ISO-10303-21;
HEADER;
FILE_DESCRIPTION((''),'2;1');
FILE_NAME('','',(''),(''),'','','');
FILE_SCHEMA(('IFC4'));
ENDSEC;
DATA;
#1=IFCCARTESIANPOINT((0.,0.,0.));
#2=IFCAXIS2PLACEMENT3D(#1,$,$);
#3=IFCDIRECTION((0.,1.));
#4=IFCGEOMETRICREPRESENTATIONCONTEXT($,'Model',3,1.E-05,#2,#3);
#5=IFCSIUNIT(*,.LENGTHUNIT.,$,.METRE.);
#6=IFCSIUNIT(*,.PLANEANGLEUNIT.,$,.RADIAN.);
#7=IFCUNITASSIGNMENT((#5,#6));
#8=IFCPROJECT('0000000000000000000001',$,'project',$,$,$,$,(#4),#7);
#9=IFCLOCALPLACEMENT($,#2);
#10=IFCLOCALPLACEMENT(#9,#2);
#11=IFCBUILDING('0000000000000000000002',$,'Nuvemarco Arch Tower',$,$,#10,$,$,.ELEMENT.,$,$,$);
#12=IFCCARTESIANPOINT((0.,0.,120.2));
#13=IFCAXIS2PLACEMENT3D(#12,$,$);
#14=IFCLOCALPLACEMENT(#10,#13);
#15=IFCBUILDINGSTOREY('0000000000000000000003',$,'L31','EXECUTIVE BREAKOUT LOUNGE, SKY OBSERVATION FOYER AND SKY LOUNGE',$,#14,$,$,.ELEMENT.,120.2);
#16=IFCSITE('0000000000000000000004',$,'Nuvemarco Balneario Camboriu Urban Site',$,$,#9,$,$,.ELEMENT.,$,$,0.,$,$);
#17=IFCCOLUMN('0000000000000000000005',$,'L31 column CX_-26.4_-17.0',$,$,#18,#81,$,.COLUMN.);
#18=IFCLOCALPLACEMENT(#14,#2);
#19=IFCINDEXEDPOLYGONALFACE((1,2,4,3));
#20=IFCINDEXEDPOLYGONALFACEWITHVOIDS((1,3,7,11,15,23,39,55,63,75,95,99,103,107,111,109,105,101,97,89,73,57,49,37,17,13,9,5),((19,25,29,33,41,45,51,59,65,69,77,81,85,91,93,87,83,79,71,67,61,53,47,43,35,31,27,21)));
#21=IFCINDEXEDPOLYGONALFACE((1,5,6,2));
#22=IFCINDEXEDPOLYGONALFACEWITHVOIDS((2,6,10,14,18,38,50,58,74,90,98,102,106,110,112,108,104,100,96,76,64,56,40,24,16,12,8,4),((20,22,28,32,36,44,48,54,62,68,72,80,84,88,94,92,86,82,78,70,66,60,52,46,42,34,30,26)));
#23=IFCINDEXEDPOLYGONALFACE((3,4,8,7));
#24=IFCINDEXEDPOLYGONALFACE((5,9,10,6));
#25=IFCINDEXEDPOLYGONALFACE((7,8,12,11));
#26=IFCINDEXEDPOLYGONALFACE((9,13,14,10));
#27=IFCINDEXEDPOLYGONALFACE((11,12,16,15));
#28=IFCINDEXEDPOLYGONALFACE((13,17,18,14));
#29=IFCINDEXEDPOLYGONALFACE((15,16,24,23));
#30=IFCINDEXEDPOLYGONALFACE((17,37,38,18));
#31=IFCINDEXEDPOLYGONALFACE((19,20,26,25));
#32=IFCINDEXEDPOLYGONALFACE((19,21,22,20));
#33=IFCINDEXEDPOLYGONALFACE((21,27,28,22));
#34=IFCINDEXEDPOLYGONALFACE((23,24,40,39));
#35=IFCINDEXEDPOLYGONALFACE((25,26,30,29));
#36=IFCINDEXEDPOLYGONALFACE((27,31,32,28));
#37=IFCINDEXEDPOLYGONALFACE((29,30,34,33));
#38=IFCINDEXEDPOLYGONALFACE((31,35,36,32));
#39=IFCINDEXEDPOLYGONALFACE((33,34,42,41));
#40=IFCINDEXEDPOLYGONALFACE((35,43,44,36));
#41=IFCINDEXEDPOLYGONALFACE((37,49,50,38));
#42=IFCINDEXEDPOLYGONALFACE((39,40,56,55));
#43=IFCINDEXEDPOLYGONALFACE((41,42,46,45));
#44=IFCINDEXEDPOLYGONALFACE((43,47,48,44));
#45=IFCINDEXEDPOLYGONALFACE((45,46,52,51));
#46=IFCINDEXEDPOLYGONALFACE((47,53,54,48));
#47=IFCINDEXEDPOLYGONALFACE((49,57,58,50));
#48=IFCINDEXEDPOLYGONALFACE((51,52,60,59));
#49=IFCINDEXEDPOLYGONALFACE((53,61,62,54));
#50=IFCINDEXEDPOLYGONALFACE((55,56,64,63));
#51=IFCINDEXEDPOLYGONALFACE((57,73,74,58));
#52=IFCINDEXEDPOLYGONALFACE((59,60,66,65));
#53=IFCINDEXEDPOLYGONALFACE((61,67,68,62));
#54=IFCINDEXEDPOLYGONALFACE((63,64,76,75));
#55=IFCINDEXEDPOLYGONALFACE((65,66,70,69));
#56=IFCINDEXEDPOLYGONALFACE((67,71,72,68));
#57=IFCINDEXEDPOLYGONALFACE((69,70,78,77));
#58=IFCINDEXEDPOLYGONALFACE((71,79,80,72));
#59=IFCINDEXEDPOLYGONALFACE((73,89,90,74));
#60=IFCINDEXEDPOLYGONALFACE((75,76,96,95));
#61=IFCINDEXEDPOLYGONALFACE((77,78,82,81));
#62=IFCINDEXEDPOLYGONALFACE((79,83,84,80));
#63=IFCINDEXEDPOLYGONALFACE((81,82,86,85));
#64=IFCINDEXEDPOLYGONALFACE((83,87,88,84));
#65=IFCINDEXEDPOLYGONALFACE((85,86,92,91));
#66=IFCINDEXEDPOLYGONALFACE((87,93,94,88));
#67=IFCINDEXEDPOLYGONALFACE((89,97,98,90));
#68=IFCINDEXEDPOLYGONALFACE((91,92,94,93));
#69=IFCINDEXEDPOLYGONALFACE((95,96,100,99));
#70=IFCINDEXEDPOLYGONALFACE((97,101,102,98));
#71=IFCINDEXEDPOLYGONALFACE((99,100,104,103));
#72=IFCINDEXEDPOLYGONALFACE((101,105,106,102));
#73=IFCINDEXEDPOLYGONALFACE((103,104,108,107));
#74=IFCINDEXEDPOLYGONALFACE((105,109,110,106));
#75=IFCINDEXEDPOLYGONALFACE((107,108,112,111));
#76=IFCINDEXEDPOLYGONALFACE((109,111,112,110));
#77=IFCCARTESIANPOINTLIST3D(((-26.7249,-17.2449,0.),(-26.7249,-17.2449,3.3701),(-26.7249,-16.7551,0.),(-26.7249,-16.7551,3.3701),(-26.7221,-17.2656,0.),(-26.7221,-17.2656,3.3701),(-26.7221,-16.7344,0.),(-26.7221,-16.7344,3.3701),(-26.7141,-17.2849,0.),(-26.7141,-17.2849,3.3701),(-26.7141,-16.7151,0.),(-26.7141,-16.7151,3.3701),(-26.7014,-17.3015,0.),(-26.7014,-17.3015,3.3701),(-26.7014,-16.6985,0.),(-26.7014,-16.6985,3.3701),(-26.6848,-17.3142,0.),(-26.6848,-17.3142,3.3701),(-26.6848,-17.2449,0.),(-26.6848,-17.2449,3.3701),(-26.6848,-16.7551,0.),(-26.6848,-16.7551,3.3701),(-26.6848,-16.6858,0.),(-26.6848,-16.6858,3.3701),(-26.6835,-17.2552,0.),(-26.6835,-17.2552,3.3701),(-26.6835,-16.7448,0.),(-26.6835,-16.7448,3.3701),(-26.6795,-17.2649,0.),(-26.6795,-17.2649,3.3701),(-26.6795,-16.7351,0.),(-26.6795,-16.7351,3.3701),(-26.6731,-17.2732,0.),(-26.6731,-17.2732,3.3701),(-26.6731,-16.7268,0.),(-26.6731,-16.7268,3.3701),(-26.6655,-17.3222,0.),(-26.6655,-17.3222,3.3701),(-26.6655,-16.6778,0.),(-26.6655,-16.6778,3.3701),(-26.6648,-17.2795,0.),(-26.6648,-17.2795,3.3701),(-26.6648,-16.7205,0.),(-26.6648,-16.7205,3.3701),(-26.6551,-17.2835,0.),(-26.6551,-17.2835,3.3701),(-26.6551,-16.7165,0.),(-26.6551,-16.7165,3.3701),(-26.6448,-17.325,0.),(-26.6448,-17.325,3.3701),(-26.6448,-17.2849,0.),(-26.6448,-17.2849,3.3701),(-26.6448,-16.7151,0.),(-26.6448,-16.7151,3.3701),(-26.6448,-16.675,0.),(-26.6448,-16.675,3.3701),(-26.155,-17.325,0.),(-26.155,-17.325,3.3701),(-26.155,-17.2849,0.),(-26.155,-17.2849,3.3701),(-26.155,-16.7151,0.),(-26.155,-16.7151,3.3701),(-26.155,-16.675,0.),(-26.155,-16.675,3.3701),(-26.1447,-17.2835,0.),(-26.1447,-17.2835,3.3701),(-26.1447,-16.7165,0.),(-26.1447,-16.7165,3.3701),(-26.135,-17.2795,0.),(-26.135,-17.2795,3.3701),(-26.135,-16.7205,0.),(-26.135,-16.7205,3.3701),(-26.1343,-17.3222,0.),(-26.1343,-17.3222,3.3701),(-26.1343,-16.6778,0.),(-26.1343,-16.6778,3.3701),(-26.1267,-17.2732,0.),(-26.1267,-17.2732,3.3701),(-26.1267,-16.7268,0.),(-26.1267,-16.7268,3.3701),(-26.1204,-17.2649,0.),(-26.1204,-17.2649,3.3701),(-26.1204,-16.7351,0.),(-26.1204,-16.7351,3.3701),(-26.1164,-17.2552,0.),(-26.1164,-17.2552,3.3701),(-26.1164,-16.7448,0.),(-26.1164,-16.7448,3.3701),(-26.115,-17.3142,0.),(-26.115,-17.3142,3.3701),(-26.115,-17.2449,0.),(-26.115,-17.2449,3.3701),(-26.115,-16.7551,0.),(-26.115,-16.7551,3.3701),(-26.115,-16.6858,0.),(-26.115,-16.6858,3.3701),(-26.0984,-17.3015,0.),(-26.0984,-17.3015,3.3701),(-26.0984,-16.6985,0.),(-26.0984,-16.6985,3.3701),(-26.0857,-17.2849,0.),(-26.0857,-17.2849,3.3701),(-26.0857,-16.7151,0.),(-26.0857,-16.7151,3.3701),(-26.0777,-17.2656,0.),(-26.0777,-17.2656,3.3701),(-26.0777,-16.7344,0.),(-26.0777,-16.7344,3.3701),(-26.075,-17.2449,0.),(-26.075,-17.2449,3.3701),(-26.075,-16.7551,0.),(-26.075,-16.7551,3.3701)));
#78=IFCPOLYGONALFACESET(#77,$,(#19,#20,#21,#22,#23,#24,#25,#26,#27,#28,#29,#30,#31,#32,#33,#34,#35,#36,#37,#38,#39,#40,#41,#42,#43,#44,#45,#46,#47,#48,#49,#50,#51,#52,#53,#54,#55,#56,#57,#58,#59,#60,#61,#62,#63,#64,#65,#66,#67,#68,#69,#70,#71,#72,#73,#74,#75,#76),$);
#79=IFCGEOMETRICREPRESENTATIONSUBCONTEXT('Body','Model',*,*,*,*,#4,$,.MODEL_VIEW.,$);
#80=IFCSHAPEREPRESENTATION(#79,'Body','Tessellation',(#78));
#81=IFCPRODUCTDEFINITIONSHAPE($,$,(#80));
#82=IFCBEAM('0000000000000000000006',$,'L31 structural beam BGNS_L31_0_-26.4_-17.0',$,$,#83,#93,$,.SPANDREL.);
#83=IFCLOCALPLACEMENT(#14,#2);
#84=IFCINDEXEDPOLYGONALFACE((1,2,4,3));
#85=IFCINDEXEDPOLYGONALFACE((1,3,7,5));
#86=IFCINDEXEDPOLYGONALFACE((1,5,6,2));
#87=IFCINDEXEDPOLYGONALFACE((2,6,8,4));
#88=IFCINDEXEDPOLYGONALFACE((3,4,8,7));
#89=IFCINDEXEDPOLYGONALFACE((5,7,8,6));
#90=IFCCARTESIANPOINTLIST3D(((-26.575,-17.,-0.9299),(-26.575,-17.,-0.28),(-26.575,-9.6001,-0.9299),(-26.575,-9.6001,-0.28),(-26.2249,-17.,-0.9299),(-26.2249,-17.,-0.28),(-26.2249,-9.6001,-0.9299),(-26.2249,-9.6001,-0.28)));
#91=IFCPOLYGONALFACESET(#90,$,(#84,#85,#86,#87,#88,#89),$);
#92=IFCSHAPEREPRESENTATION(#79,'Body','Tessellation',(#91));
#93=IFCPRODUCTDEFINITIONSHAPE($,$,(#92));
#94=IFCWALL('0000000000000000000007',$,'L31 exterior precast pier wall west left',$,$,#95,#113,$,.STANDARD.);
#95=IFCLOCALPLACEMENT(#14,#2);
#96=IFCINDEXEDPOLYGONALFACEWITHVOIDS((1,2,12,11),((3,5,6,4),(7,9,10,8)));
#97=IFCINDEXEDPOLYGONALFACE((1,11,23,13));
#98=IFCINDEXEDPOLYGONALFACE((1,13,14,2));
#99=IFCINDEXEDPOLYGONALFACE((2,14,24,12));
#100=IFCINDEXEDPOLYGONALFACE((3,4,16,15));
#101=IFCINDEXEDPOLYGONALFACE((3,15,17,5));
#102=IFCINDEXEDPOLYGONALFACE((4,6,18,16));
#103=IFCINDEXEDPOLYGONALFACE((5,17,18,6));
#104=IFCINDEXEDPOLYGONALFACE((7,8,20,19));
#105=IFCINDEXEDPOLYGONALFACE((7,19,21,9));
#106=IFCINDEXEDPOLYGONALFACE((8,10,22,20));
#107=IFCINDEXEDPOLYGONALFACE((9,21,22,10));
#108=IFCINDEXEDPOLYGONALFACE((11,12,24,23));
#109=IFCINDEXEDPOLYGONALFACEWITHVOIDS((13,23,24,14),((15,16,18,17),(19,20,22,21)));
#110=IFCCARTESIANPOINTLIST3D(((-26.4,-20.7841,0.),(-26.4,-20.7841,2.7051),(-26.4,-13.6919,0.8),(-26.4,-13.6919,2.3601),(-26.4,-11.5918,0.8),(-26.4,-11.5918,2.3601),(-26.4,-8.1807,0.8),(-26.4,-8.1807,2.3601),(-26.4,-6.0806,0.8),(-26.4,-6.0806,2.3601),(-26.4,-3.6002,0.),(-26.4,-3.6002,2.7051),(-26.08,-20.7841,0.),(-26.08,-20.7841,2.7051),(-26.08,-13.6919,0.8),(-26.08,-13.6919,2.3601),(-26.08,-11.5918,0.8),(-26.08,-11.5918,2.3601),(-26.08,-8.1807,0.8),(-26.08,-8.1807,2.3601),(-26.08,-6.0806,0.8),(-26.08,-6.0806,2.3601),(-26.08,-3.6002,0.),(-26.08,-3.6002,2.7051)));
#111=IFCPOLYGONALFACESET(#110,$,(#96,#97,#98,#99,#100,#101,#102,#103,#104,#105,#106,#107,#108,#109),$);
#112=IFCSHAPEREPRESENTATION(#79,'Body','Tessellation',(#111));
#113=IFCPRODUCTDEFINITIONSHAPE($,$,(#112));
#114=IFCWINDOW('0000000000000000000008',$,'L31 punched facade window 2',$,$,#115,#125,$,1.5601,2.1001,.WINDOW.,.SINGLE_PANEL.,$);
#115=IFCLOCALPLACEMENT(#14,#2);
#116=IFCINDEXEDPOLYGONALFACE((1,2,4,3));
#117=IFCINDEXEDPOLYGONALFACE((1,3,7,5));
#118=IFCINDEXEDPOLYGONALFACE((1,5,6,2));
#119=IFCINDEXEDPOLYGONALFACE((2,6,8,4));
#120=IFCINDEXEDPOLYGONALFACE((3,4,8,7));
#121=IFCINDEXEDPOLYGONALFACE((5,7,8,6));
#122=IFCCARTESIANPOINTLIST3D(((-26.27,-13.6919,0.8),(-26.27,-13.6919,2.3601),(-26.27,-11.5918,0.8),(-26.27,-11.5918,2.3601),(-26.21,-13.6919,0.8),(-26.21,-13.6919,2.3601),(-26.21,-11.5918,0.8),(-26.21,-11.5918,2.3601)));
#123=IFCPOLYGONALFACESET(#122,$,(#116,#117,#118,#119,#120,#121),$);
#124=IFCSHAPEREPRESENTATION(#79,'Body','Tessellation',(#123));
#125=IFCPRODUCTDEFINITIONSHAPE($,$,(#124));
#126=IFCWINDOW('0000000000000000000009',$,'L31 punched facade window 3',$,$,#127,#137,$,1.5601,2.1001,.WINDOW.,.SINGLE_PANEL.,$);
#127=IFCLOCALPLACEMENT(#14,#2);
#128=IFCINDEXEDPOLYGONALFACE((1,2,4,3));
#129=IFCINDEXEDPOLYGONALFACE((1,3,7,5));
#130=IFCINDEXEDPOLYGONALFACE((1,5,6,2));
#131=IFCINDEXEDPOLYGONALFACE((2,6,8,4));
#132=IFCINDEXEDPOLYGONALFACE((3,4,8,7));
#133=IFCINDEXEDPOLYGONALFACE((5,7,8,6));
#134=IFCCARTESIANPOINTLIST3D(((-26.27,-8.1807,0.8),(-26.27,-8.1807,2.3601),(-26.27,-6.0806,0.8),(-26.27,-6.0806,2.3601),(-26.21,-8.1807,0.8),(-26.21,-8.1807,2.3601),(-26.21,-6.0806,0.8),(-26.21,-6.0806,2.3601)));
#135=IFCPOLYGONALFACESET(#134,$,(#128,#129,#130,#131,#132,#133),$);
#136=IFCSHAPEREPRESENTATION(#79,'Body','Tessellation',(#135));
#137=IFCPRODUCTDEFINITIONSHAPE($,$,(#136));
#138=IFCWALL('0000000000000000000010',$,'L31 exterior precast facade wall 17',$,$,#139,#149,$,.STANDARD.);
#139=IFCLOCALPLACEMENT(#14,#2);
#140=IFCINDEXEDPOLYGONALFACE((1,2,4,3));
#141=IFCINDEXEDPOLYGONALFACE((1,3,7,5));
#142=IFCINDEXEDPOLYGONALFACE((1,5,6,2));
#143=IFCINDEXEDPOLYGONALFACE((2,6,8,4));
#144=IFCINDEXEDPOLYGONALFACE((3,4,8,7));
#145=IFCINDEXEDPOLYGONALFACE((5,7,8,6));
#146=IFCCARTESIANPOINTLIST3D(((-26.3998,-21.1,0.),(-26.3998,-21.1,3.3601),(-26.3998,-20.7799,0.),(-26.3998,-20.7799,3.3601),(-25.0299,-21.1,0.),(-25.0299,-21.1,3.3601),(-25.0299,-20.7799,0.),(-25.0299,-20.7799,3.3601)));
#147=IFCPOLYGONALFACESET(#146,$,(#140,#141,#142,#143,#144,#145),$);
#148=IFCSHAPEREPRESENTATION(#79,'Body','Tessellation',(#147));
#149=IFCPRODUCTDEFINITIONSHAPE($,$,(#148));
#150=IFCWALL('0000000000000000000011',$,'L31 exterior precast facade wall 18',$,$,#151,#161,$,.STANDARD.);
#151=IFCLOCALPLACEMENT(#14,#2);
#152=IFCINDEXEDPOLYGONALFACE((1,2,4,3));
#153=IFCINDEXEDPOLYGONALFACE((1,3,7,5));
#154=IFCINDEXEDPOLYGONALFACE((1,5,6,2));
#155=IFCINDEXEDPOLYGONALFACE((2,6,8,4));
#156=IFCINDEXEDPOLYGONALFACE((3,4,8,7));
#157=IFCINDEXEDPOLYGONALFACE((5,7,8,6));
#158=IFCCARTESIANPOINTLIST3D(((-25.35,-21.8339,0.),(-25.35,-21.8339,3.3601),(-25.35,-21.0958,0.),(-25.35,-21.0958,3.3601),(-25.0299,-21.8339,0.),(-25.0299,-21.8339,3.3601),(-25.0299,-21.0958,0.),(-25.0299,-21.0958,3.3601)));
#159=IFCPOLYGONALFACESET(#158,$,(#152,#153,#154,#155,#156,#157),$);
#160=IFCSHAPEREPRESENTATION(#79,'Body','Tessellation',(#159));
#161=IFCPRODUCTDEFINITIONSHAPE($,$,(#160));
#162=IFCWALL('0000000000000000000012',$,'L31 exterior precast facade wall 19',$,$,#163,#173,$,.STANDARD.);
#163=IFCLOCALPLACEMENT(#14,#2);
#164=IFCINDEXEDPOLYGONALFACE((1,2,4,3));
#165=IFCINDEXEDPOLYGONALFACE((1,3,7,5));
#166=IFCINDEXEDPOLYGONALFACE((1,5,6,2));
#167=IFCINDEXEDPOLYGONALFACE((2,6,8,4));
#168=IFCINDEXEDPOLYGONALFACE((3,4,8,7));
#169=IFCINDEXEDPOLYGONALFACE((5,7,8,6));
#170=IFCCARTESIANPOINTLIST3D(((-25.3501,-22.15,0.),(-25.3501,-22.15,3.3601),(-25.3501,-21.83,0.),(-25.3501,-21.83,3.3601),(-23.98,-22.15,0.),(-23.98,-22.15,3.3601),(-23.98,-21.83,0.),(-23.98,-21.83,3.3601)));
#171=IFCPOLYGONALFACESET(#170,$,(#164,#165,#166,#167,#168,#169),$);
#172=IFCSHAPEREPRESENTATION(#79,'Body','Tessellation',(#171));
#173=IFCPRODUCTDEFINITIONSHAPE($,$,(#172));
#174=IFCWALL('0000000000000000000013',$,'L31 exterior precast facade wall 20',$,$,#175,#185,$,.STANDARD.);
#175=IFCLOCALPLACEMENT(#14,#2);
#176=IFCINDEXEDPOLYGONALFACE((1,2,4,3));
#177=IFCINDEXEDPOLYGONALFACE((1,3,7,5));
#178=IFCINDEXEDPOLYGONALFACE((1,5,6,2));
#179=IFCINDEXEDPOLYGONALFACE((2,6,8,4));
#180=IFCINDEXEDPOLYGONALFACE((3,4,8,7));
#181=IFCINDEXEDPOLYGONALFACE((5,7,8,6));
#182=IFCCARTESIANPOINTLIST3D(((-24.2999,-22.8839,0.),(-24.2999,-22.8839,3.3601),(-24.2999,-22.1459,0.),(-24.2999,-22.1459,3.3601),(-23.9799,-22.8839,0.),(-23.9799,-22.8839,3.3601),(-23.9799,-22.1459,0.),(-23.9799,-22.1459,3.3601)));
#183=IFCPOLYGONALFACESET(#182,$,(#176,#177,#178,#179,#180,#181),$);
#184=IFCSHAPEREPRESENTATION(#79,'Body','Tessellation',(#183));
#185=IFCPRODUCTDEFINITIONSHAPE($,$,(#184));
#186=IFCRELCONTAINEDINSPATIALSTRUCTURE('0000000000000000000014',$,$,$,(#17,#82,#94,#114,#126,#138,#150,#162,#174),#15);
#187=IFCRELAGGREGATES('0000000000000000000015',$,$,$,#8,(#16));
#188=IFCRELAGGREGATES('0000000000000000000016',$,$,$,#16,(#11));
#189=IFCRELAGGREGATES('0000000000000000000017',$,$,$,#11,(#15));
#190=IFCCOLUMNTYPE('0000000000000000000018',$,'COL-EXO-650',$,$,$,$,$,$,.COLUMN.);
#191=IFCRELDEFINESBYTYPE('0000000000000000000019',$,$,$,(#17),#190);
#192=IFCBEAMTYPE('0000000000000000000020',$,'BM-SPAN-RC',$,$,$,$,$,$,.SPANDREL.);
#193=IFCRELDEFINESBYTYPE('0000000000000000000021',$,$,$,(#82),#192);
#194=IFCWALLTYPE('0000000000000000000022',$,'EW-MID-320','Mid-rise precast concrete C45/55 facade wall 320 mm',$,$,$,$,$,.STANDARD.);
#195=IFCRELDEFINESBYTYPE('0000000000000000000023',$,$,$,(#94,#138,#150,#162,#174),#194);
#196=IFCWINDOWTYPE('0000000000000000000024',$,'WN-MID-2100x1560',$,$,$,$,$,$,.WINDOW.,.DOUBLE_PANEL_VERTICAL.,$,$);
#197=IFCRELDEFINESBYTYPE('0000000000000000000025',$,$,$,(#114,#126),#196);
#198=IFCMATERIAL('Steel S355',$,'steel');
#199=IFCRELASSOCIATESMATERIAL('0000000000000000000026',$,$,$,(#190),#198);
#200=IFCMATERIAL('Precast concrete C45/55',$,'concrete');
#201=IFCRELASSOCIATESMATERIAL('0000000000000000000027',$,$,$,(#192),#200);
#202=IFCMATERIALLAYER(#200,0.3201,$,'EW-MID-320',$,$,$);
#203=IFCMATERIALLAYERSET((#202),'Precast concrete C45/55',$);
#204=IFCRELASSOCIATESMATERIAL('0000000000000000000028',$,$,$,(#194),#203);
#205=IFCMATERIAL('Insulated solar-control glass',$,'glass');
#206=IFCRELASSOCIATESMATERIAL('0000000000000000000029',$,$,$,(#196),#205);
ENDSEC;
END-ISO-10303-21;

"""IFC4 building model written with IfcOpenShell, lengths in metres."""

from ifc_helpers import new_model, si_unit, direction, frame, frame_2d, origin, origin_2d, place, context, subcontext, project, spatial, rectangle, hollow_rectangle, extrude, source, transform, mapped, material, layer, layer_set, material_profile, profile_set, type_object, type_shapes, element, fill, save


model = new_model("IFC4")

# Units and contexts
model_context = context("Model", 3, precision=1e-05, world=origin(), true_north=direction((0.0, 1.0)))
body_context = subcontext(model_context, "Body", "Model", "MODEL_VIEW")
ifc_project = project(units=[si_unit("LENGTHUNIT", "METRE"), si_unit("PLANEANGLEUNIT", "RADIAN")], contexts=[model_context])

# Site, building, storey
site_placement = place(None, origin())
site = spatial("IfcSite", under=ifc_project, at=site_placement, Name="Nuvemarco Balneario Camboriu Urban Site", CompositionType="ELEMENT", RefElevation=0.0)
building_placement = place(site_placement, origin())
building = spatial("IfcBuilding", under=site, at=building_placement, Name="Nuvemarco Arch Tower", CompositionType="ELEMENT")
storey_placement = place(building_placement, frame((0.0, 0.0, 120.2)))
storey = spatial("IfcBuildingStorey", under=building, at=storey_placement, Name="L31", Description="EXECUTIVE BREAKOUT LOUNGE, SKY OBSERVATION FOYER AND SKY LOUNGE", CompositionType="ELEMENT", Elevation=120.2)

# Column
ifc_material_1 = material(Name="Steel S355", Category="steel")
ifc_material_profile_1 = material_profile(ifc_material_1, hollow_rectangle(XDim=0.6499, YDim=0.6499, WallThickness=0.04, InnerFilletRadius=0.04, OuterFilletRadius=0.0801, at=origin_2d()), Name="SHS650x650x40")
ifc_profile_set_1 = profile_set([ifc_material_profile_1], Name="Steel S355")
column_type = type_object("IfcColumnType", Name="COL-EXO-650", PredefinedType="COLUMN", material=ifc_profile_set_1)
column_placement = place(storey_placement, frame((-26.3999, -17.0, 0.0), z_axis=(0.0, 0.0, 1.0), x_axis=(1.0, 0.0, 0.0)))
element("IfcColumn", 1, at=column_placement, inside=storey, type_object=column_type, Name="L31 column CX_-26.4_-17.0", PredefinedType="COLUMN", context=body_context, shape_type="SweptSolid", body=[
    extrude(hollow_rectangle(XDim=0.6499, YDim=0.6499, WallThickness=0.04, InnerFilletRadius=0.04, OuterFilletRadius=0.0801, at=origin_2d()), origin(), (0.0, 0.0, 1.0), 3.3701),
])

# Beam
ifc_material_2 = material(Name="Precast concrete C45/55", Category="concrete")
ifc_material_profile_2 = material_profile(ifc_material_2, rectangle(XDim=0.3501, YDim=0.6499, at=origin_2d()), Name="PC-SP-350x650")
ifc_profile_set_2 = profile_set([ifc_material_profile_2], Name="Precast concrete C45/55")
beam_type = type_object("IfcBeamType", Name="BM-SPAN-RC", PredefinedType="SPANDREL", material=ifc_profile_set_2)
beam_placement = place(storey_placement, frame((-26.3999, -17.0, -0.605), z_axis=(0.0, 1.0, 0.0), x_axis=(-1.0, 0.0, 0.0)))
element("IfcBeam", 2, at=beam_placement, inside=storey, type_object=beam_type, Name="L31 structural beam BGNS_L31_0_-26.4_-17.0", PredefinedType="SPANDREL", context=body_context, shape_type="SweptSolid", body=[
    extrude(rectangle(XDim=0.3501, YDim=0.6499, at=origin_2d()), origin(), (0.0, 0.0, 1.0), 7.3999),
])

# Shared definitions
ifc_layer = layer(ifc_material_2, 0.3201, Name="EW-MID-320")
ifc_layer_set = layer_set([ifc_layer], Name="Precast concrete C45/55")
wall_type = type_object("IfcWallType", Name="EW-MID-320", Description="Mid-rise precast concrete C45/55 facade wall 320 mm", PredefinedType="STANDARD", material=ifc_layer_set)
ifc_material_3 = material(Name="Insulated solar-control glass", Category="glass")

# Wall, openings, windows
wall_1_placement = place(storey_placement, frame((-26.24, -20.7839, 0.0), z_axis=(0.0, 0.0, 1.0), x_axis=(0.0, 1.0, 0.0)))
wall_1 = element("IfcWall", 3, at=wall_1_placement, inside=storey, type_object=wall_type, Name="L31 exterior precast pier wall west left", PredefinedType="STANDARD", context=body_context, shape_type="SweptSolid", body=[
    extrude(rectangle(XDim=17.1838, YDim=0.3201, at=frame_2d((8.5918, 0.0))), origin(), (0.0, 0.0, 1.0), 2.7051),
])
opening_1_placement = place(wall_1_placement, frame((7.092, 0.0, 0.8)))
opening_1 = element("IfcOpeningElement", 4, at=opening_1_placement, cuts=wall_1, PredefinedType="OPENING", context=body_context, shape_type="SweptSolid", body=[
    extrude(rectangle(XDim=2.1001, YDim=1.5601, at=frame_2d((1.05, 0.78))), frame((0.0, 0.1699, 0.0), z_axis=(0.0, -1.0, 0.0), x_axis=(1.0, 0.0, 0.0)), (0.0, 0.0, 1.0), 0.3401),
])
opening_2_placement = place(wall_1_placement, frame((12.6033, 0.0, 0.8)))
opening_2 = element("IfcOpeningElement", 5, at=opening_2_placement, cuts=wall_1, PredefinedType="OPENING", context=body_context, shape_type="SweptSolid", body=[
    extrude(rectangle(XDim=2.1001, YDim=1.5601, at=frame_2d((1.05, 0.78))), frame((0.0, 0.1699, 0.0), z_axis=(0.0, -1.0, 0.0), x_axis=(1.0, 0.0, 0.0)), (0.0, 0.0, 1.0), 0.3401),
])
window_type_1 = type_object("IfcWindowType", Name="WN-MID-2100x1560", PartitioningType="DOUBLE_PANEL_VERTICAL", PredefinedType="WINDOW", material=ifc_material_3)
shared_shape_1 = source(origin(), body_context, "Body", "SweptSolid", [
    extrude(rectangle(XDim=2.1001, YDim=1.5601, at=frame_2d((1.05, 0.78))), frame((0.0, 0.03, 0.0), z_axis=(0.0, -1.0, 0.0), x_axis=(1.0, 0.0, 0.0)), (0.0, 0.0, 1.0), 0.0601),
])
type_shapes(window_type_1, [shared_shape_1])
window_1_placement = place(opening_1_placement, origin())
window_1 = element("IfcWindow", 6, at=window_1_placement, inside=storey, type_object=window_type_1, Name="L31 punched facade window 2", OverallHeight=1.5601, OverallWidth=2.1001, PartitioningType="SINGLE_PANEL", PredefinedType="WINDOW", context=body_context, shape_type="MappedRepresentation", body=[
    mapped(shared_shape_1, transform((0.0, 0.0, 0.0), scale=1.0)),
])
fill(opening_1, window_1)
window_2_placement = place(opening_2_placement, origin())
window_2 = element("IfcWindow", 7, at=window_2_placement, inside=storey, type_object=window_type_1, Name="L31 punched facade window 3", OverallHeight=1.5601, OverallWidth=2.1001, PartitioningType="SINGLE_PANEL", PredefinedType="WINDOW", context=body_context, shape_type="MappedRepresentation", body=[
    mapped(shared_shape_1, transform((0.0, 0.0, 0.0), scale=1.0)),
])
fill(opening_2, window_2)

# Walls
wall_2_placement = place(storey_placement, frame((-26.3999, -20.9399, 0.0), z_axis=(0.0, 0.0, 1.0), x_axis=(1.0, 0.0, 0.0)))
element("IfcWall", 8, at=wall_2_placement, inside=storey, type_object=wall_type, Name="L31 exterior precast facade wall 17", PredefinedType="STANDARD", context=body_context, shape_type="SweptSolid", body=[
    extrude(rectangle(XDim=1.3699, YDim=0.3201, at=frame_2d((0.6851, 0.0))), origin(), (0.0, 0.0, 1.0), 3.3601),
])
wall_3_placement = place(storey_placement, frame((-25.1899, -21.834, 0.0), z_axis=(0.0, 0.0, 1.0), x_axis=(0.0, 1.0, 0.0)))
element("IfcWall", 9, at=wall_3_placement, inside=storey, type_object=wall_type, Name="L31 exterior precast facade wall 18", PredefinedType="STANDARD", context=body_context, shape_type="SweptSolid", body=[
    extrude(rectangle(XDim=0.738, YDim=0.3201, at=frame_2d((0.3691, 0.0))), origin(), (0.0, 0.0, 1.0), 3.3601),
])
wall_4_placement = place(storey_placement, frame((-25.3501, -21.99, 0.0), z_axis=(0.0, 0.0, 1.0), x_axis=(1.0, 0.0, 0.0)))
element("IfcWall", 10, at=wall_4_placement, inside=storey, type_object=wall_type, Name="L31 exterior precast facade wall 19", PredefinedType="STANDARD", context=body_context, shape_type="SweptSolid", body=[
    extrude(rectangle(XDim=1.3701, YDim=0.3201, at=frame_2d((0.6851, 0.0))), origin(), (0.0, 0.0, 1.0), 3.3601),
])
wall_5_placement = place(storey_placement, frame((-24.1399, -22.884, 0.0), z_axis=(0.0, 0.0, 1.0), x_axis=(0.0, 1.0, 0.0)))
element("IfcWall", 11, at=wall_5_placement, inside=storey, type_object=wall_type, Name="L31 exterior precast facade wall 20", PredefinedType="STANDARD", context=body_context, shape_type="SweptSolid", body=[
    extrude(rectangle(XDim=0.738, YDim=0.3201, at=frame_2d((0.3691, 0.0))), origin(), (0.0, 0.0, 1.0), 3.3601),
])

save(model, "model.ifc")
